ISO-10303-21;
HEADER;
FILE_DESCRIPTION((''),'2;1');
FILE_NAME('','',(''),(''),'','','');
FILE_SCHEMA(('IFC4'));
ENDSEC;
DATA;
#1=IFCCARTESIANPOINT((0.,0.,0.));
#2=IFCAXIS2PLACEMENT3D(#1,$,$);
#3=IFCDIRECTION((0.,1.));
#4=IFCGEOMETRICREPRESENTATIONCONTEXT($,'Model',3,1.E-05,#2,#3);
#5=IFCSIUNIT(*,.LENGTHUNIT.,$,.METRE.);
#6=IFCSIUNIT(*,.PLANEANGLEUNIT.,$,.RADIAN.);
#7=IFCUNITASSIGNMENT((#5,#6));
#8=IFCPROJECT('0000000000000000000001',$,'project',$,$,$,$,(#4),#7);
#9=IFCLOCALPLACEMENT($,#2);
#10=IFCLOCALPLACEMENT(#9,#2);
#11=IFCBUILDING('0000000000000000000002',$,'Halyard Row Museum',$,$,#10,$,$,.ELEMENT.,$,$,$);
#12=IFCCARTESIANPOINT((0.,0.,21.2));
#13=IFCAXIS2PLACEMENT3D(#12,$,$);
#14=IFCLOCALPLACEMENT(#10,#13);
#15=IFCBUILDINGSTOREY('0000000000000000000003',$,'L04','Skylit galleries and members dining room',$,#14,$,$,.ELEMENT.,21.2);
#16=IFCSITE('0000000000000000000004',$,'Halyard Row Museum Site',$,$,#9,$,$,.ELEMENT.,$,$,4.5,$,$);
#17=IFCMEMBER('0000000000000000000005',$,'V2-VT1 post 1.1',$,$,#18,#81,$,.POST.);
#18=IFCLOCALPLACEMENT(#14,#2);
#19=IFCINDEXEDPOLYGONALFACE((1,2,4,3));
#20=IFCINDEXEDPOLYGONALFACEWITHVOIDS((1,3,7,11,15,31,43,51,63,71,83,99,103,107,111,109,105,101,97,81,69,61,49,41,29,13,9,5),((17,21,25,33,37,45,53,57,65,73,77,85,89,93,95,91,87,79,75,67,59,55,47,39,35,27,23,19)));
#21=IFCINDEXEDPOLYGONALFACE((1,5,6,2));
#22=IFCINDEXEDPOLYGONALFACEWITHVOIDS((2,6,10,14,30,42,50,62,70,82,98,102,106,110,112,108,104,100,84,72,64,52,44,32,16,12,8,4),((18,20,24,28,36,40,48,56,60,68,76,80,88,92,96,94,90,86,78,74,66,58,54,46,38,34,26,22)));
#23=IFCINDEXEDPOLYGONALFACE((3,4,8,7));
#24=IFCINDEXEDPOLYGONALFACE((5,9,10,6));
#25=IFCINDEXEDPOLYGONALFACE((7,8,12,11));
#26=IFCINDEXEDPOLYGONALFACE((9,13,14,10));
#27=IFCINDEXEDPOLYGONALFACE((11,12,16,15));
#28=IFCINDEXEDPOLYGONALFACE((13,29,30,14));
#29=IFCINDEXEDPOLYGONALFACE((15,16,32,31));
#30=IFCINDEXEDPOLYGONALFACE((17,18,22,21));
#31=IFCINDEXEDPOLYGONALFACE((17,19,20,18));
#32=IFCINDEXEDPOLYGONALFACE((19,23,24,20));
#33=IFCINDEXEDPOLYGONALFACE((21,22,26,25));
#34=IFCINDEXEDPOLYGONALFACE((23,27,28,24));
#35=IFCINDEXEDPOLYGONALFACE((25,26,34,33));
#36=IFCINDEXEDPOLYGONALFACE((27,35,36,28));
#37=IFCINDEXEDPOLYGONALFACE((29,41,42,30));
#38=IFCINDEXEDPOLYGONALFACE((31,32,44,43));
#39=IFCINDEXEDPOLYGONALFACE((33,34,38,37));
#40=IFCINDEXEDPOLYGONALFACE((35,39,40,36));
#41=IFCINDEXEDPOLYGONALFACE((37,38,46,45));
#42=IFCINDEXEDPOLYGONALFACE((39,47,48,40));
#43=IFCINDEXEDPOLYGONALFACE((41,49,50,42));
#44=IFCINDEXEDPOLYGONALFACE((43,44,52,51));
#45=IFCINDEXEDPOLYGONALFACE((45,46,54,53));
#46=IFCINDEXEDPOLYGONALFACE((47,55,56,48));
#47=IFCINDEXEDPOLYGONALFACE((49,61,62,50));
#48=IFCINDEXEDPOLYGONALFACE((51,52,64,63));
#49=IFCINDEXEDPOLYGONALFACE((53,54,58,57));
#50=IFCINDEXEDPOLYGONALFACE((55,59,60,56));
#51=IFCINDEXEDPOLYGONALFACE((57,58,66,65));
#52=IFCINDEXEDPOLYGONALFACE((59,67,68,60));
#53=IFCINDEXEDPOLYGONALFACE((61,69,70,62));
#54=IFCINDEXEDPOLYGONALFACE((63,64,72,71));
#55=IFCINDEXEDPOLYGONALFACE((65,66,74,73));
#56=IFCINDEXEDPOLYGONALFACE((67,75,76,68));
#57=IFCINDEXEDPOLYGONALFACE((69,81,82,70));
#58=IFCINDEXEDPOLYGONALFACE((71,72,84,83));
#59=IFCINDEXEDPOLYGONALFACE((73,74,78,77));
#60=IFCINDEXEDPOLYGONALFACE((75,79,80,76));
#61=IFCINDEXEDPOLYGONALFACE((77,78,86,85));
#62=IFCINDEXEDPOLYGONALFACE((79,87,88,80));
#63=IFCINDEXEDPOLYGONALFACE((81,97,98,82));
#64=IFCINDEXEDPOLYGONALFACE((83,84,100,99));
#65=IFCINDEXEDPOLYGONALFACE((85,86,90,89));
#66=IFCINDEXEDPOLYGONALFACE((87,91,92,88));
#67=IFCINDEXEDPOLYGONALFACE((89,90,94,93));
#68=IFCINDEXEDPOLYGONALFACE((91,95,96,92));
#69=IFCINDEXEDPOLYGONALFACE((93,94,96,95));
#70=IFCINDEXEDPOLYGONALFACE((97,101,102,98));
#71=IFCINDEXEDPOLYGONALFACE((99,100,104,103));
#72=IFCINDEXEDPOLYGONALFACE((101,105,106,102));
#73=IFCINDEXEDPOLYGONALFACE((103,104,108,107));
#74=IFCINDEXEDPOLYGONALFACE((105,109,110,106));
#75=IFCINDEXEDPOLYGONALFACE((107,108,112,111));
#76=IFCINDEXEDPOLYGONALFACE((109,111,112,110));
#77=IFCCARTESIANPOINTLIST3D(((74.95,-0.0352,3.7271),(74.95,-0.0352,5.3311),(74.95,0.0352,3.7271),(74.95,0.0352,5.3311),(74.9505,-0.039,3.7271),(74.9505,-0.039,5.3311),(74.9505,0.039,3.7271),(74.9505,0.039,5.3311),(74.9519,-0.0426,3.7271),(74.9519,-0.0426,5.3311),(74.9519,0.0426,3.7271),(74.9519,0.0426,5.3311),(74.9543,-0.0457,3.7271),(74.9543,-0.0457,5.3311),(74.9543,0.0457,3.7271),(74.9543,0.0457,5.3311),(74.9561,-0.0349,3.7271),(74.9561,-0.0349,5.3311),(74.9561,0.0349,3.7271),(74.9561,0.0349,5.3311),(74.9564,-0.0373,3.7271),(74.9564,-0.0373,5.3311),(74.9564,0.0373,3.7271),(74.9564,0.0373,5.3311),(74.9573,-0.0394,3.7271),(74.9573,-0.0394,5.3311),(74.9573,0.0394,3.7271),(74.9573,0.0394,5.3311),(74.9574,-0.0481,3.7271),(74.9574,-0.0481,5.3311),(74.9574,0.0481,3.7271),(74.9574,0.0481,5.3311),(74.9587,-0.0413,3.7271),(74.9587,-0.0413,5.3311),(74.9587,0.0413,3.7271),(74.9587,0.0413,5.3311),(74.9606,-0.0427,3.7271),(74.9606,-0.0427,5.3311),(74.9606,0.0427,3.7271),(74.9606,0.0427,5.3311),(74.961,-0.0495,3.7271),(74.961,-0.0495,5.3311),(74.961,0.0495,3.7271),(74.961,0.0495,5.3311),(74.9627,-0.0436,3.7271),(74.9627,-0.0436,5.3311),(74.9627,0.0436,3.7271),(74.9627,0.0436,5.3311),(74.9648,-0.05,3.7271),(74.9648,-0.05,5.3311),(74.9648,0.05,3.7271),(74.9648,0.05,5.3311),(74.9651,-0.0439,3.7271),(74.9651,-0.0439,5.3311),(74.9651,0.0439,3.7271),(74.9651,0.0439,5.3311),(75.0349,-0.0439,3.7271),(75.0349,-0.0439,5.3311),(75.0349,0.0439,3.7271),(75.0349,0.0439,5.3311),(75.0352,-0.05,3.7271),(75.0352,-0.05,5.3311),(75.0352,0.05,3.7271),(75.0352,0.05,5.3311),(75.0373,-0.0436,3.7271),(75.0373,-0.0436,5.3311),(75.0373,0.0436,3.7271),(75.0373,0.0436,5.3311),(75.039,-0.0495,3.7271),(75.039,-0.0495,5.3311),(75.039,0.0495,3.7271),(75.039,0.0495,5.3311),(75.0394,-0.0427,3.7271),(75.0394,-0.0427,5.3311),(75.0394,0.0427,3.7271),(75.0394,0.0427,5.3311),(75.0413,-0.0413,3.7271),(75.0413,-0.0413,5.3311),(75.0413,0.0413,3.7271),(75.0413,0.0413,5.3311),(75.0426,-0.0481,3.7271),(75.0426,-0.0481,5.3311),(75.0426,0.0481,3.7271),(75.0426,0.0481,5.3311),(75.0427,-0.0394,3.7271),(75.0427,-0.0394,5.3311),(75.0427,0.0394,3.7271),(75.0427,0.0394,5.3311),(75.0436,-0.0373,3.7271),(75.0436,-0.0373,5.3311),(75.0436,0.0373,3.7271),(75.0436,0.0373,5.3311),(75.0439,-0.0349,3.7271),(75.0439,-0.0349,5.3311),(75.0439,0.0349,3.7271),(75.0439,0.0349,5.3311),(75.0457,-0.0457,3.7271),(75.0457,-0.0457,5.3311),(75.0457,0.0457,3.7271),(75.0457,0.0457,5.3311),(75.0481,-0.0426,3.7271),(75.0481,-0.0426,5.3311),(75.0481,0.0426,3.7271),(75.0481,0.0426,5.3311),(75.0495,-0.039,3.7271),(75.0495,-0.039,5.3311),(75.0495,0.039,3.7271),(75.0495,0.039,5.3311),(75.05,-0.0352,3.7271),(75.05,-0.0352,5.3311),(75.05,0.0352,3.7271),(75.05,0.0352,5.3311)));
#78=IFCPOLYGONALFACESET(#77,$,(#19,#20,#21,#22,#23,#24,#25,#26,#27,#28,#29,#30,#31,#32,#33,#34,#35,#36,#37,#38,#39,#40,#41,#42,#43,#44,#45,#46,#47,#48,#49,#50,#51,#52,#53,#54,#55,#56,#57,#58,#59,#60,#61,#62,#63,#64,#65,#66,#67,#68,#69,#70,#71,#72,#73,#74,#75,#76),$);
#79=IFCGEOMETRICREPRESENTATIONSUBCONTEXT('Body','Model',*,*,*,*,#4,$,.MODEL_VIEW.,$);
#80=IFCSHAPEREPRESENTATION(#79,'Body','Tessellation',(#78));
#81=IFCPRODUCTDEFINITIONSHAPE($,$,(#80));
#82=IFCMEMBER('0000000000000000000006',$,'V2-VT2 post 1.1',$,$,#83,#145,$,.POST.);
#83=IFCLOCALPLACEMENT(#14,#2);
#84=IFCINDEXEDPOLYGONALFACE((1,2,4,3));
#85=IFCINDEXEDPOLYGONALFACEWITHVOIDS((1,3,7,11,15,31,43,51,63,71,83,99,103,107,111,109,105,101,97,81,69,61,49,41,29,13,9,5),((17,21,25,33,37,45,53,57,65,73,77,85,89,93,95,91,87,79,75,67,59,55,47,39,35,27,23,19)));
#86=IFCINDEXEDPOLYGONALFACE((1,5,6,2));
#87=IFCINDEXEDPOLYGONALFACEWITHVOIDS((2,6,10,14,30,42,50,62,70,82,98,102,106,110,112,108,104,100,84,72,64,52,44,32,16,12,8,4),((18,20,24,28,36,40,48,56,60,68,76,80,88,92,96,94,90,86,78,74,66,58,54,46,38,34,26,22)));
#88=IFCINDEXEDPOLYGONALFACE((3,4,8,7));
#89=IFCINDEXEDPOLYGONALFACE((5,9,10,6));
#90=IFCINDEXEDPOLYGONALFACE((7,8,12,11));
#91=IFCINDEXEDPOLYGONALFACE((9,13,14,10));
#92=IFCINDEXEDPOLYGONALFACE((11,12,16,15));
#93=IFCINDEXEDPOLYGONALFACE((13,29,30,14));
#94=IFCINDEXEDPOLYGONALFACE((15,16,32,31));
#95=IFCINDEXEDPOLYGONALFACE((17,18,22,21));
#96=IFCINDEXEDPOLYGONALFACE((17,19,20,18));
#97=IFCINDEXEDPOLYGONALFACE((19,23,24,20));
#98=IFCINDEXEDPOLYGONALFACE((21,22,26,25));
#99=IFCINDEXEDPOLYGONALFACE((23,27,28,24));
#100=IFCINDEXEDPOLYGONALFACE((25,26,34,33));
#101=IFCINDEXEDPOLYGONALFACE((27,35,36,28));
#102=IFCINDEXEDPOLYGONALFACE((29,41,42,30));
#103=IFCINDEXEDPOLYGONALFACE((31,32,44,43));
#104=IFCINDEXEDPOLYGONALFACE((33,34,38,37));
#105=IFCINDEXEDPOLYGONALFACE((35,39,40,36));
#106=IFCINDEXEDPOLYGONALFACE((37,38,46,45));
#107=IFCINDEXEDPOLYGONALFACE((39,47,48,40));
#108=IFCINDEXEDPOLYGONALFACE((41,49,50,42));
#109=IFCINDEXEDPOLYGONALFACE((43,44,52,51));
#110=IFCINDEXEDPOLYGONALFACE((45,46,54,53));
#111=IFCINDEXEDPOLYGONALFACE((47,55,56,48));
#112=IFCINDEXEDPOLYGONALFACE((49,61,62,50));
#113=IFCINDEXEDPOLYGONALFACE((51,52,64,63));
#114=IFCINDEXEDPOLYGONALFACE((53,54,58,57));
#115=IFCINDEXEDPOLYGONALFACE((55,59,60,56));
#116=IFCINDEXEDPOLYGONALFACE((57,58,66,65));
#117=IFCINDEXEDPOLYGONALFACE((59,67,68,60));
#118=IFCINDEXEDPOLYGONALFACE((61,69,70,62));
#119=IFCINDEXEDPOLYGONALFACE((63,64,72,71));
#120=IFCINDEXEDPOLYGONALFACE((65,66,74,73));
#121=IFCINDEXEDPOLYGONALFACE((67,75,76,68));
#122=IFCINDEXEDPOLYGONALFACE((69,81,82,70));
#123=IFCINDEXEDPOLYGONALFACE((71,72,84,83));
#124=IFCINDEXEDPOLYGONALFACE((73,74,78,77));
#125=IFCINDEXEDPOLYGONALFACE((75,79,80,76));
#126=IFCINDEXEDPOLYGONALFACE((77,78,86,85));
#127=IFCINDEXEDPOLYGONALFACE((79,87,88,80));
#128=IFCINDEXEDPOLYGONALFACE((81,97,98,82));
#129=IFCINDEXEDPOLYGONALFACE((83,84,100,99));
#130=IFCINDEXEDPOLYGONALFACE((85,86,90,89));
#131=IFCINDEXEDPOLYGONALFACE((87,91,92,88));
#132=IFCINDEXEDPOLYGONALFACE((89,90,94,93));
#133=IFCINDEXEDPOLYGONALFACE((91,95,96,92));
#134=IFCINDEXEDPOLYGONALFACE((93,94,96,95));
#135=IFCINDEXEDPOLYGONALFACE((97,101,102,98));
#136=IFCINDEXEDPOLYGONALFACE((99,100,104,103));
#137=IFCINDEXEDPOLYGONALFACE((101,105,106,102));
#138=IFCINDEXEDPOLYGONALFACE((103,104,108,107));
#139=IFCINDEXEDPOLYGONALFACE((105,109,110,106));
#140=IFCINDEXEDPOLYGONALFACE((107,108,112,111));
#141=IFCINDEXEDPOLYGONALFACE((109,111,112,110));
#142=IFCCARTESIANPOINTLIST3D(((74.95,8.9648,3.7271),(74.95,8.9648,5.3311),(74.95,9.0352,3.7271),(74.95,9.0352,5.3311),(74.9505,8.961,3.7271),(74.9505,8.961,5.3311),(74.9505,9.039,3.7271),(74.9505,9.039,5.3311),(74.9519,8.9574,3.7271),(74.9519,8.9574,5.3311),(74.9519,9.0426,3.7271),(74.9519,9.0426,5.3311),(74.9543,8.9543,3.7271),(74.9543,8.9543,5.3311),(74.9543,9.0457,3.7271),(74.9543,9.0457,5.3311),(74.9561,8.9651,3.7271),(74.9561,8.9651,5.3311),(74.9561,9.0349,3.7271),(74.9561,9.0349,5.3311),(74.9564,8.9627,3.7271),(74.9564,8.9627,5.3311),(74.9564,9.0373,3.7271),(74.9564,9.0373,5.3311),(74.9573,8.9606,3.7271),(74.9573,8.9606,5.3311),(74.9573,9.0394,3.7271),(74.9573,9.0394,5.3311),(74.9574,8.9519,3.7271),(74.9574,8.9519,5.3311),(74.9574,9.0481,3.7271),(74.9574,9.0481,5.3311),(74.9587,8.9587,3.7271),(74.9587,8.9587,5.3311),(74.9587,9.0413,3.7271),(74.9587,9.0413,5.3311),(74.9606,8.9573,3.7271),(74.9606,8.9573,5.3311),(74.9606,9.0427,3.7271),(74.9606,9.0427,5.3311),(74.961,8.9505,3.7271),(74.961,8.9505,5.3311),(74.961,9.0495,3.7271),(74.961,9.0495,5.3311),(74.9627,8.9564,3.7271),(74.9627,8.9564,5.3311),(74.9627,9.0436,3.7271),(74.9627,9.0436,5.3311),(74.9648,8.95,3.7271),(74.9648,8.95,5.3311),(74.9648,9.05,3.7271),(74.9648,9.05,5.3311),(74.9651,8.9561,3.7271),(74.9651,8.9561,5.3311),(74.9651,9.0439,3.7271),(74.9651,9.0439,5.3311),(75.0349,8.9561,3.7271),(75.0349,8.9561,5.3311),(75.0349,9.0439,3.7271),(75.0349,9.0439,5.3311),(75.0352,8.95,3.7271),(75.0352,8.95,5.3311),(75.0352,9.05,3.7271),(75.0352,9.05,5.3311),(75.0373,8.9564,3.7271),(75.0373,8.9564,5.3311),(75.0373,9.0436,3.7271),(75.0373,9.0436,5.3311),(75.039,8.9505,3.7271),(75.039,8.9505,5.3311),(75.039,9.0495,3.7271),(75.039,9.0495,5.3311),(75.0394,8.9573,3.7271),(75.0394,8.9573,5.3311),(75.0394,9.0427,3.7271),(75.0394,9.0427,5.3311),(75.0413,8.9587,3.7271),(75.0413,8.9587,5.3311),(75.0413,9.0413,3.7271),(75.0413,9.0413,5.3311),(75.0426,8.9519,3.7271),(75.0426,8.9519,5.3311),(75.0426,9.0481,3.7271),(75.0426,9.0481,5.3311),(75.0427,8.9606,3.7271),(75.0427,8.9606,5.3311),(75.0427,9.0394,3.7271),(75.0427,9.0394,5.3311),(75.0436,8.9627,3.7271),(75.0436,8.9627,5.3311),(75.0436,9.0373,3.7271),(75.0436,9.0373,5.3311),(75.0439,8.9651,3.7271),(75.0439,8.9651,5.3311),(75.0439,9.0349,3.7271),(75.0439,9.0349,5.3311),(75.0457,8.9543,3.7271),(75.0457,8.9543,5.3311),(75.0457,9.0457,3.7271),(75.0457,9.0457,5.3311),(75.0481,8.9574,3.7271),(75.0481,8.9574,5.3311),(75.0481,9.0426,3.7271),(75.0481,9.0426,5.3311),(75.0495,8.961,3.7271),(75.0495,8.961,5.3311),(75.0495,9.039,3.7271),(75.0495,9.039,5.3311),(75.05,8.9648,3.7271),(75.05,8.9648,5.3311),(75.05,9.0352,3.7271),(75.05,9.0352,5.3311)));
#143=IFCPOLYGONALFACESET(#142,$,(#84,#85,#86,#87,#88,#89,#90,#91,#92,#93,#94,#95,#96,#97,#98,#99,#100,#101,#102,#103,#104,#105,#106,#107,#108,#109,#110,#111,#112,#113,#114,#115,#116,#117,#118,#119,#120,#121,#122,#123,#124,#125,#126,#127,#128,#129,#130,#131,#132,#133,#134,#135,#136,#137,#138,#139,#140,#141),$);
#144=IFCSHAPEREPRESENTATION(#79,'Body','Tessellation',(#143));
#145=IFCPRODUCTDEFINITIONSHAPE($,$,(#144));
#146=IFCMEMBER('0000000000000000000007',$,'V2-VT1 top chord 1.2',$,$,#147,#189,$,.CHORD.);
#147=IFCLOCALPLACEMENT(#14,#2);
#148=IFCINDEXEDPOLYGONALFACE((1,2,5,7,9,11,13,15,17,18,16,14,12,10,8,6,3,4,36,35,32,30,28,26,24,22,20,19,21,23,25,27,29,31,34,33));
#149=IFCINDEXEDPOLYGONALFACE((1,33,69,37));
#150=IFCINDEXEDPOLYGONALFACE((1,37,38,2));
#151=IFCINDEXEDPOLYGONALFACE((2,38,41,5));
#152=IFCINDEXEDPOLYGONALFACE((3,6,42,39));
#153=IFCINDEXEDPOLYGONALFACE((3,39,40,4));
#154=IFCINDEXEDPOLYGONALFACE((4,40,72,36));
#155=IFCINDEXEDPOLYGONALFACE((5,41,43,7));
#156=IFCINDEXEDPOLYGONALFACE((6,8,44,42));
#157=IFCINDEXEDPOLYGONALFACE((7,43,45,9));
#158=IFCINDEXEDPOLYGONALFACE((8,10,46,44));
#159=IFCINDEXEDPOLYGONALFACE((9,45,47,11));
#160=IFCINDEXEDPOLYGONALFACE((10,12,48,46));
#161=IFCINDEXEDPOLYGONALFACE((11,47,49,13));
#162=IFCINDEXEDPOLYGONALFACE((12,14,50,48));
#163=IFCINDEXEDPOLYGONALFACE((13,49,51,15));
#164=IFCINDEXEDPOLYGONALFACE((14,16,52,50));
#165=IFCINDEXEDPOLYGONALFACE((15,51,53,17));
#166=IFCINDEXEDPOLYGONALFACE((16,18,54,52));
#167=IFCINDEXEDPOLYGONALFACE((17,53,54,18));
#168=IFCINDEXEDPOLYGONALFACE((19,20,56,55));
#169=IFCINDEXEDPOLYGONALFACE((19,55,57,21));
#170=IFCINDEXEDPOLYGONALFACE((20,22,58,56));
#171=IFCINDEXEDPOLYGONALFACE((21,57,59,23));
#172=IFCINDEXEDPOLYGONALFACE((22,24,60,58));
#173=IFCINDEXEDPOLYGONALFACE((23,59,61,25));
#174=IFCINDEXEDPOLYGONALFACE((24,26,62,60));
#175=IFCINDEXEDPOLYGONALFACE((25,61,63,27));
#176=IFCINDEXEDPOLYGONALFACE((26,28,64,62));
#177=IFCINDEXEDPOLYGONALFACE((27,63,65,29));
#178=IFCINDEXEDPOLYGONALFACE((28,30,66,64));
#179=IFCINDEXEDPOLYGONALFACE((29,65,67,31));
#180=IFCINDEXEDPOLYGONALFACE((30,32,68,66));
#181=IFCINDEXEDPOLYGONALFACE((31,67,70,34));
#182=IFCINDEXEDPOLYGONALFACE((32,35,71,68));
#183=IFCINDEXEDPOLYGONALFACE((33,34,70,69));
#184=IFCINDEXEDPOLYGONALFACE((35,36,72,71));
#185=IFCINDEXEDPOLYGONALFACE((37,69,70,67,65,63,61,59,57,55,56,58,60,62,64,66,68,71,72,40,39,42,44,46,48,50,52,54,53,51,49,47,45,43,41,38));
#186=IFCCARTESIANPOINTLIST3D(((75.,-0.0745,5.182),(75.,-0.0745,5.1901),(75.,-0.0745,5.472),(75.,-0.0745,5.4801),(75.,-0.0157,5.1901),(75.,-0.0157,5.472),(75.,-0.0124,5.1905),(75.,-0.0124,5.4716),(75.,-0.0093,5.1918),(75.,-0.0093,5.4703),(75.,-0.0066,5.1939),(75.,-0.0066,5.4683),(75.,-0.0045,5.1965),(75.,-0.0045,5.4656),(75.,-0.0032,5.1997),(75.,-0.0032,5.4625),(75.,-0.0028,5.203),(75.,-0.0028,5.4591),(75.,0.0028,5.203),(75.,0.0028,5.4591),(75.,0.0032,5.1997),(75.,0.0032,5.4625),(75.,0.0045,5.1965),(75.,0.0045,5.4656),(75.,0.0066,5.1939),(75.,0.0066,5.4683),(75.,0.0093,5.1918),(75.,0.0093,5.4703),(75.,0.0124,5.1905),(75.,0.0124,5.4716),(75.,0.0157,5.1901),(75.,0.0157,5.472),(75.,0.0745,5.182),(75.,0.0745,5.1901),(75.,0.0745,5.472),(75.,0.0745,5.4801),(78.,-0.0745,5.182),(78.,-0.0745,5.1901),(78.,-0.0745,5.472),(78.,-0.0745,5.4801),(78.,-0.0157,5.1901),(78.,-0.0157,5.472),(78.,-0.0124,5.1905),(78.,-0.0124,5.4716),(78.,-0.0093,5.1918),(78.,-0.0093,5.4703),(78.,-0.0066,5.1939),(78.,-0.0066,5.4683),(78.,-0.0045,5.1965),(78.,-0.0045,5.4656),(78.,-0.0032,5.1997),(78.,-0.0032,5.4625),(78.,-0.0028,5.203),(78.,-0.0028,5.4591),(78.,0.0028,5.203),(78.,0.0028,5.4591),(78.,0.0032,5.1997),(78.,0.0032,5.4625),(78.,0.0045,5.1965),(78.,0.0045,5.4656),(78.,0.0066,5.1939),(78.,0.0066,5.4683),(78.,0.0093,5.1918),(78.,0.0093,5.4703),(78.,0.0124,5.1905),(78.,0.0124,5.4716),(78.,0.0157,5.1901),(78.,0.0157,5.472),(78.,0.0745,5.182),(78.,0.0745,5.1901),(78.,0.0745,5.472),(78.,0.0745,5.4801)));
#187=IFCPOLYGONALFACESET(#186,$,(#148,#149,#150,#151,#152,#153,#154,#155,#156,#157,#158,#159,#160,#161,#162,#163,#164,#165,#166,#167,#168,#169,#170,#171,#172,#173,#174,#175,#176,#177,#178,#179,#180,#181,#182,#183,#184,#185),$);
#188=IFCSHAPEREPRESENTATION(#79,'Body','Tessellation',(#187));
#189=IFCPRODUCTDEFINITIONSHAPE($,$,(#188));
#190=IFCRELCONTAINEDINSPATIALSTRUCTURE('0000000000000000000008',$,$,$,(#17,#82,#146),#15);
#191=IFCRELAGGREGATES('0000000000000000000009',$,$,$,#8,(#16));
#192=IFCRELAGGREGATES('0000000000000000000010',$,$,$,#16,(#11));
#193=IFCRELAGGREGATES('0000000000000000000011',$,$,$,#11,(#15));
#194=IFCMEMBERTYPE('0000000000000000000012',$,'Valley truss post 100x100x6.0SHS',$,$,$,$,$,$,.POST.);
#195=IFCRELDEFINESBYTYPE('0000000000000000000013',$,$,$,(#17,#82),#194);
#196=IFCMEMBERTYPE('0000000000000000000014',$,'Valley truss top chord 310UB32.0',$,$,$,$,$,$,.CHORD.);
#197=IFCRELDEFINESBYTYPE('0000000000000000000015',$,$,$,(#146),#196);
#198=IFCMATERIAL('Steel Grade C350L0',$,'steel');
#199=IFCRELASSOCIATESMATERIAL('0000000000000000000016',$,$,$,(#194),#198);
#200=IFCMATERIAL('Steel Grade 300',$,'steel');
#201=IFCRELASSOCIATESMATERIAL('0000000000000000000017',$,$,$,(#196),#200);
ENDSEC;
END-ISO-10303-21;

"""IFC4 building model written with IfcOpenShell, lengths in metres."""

from ifc_helpers import new_model, si_unit, direction, frame, origin, origin_2d, place, context, subcontext, project, spatial, hollow_rectangle, i_section, extrude, material, material_profile, profile_set, type_object, element, save


model = new_model("IFC4")

# Units and contexts
model_context = context("Model", 3, precision=1e-05, world=origin(), true_north=direction((0.0, 1.0)))
body_context = subcontext(model_context, "Body", "Model", "MODEL_VIEW")
ifc_project = project(units=[si_unit("LENGTHUNIT", "METRE"), si_unit("PLANEANGLEUNIT", "RADIAN")], contexts=[model_context])

# Site, building, storey
site_placement = place(None, origin())
site = spatial("IfcSite", under=ifc_project, at=site_placement, Name="Halyard Row Museum Site", CompositionType="ELEMENT", RefElevation=4.5)
building_placement = place(site_placement, origin())
building = spatial("IfcBuilding", under=site, at=building_placement, Name="Halyard Row Museum", CompositionType="ELEMENT")
storey_placement = place(building_placement, frame((0.0, 0.0, 21.2)))
storey = spatial("IfcBuildingStorey", under=building, at=storey_placement, Name="L04", Description="Skylit galleries and members dining room", CompositionType="ELEMENT", Elevation=21.2)

# Members
ifc_material_1 = material(Name="Steel Grade C350L0", Category="steel")
ifc_material_profile_1 = material_profile(ifc_material_1, hollow_rectangle(XDim=0.1001, YDim=0.1001, WallThickness=0.0061, InnerFilletRadius=0.009, OuterFilletRadius=0.0149, at=origin_2d()), Name="100x100x6.0SHS")
ifc_profile_set_1 = profile_set([ifc_material_profile_1], Name="Steel Grade C350L0")
member_type_1 = type_object("IfcMemberType", Name="Valley truss post 100x100x6.0SHS", PredefinedType="POST", material=ifc_profile_set_1)
for number, where, z_axis, x_axis, name in (
    (1, (75.0, 0.0, 3.7271), (0.0, 0.0, 1.0), (1.0, 0.0, 0.0), "V2-VT1 post 1.1"),
    (2, (75.0, 9.0, 3.7271), (0.0, 0.0, 1.0), (1.0, 0.0, 0.0), "V2-VT2 post 1.1"),
):
    element("IfcMember", number, at=place(storey_placement, frame(where, z_axis=z_axis, x_axis=x_axis)), inside=storey, type_object=member_type_1, Name=name, PredefinedType="POST", context=body_context, shape_type="SweptSolid", body=[
        extrude(hollow_rectangle(XDim=0.1001, YDim=0.1001, WallThickness=0.0061, InnerFilletRadius=0.009, OuterFilletRadius=0.0149, at=origin_2d()), origin(), (0.0, 0.0, 1.0), 1.604),
    ])
ifc_material_2 = material(Name="Steel Grade 300", Category="steel")
ifc_material_profile_2 = material_profile(ifc_material_2, i_section(OverallWidth=0.1489, OverallDepth=0.2981, WebThickness=0.0056, FlangeThickness=0.0081, FilletRadius=0.0129, at=origin_2d()), Name="310UB32.0")
ifc_profile_set_2 = profile_set([ifc_material_profile_2], Name="Steel Grade 300")
member_type_2 = type_object("IfcMemberType", Name="Valley truss top chord 310UB32.0", PredefinedType="CHORD", material=ifc_profile_set_2)
for number, where, z_axis, x_axis, name in (
    (3, (75.0, 0.0, 5.3311), (1.0, 0.0, 0.0), (0.0, 1.0, 0.0), "V2-VT1 top chord 1.2"),
):
    element("IfcMember", number, at=place(storey_placement, frame(where, z_axis=z_axis, x_axis=x_axis)), inside=storey, type_object=member_type_2, Name=name, PredefinedType="CHORD", context=body_context, shape_type="SweptSolid", body=[
        extrude(i_section(OverallWidth=0.1489, OverallDepth=0.2981, WebThickness=0.0056, FlangeThickness=0.0081, FilletRadius=0.0129, at=origin_2d()), origin(), (0.0, 0.0, 1.0), 3.0),
    ])

save(model, "model.ifc")
